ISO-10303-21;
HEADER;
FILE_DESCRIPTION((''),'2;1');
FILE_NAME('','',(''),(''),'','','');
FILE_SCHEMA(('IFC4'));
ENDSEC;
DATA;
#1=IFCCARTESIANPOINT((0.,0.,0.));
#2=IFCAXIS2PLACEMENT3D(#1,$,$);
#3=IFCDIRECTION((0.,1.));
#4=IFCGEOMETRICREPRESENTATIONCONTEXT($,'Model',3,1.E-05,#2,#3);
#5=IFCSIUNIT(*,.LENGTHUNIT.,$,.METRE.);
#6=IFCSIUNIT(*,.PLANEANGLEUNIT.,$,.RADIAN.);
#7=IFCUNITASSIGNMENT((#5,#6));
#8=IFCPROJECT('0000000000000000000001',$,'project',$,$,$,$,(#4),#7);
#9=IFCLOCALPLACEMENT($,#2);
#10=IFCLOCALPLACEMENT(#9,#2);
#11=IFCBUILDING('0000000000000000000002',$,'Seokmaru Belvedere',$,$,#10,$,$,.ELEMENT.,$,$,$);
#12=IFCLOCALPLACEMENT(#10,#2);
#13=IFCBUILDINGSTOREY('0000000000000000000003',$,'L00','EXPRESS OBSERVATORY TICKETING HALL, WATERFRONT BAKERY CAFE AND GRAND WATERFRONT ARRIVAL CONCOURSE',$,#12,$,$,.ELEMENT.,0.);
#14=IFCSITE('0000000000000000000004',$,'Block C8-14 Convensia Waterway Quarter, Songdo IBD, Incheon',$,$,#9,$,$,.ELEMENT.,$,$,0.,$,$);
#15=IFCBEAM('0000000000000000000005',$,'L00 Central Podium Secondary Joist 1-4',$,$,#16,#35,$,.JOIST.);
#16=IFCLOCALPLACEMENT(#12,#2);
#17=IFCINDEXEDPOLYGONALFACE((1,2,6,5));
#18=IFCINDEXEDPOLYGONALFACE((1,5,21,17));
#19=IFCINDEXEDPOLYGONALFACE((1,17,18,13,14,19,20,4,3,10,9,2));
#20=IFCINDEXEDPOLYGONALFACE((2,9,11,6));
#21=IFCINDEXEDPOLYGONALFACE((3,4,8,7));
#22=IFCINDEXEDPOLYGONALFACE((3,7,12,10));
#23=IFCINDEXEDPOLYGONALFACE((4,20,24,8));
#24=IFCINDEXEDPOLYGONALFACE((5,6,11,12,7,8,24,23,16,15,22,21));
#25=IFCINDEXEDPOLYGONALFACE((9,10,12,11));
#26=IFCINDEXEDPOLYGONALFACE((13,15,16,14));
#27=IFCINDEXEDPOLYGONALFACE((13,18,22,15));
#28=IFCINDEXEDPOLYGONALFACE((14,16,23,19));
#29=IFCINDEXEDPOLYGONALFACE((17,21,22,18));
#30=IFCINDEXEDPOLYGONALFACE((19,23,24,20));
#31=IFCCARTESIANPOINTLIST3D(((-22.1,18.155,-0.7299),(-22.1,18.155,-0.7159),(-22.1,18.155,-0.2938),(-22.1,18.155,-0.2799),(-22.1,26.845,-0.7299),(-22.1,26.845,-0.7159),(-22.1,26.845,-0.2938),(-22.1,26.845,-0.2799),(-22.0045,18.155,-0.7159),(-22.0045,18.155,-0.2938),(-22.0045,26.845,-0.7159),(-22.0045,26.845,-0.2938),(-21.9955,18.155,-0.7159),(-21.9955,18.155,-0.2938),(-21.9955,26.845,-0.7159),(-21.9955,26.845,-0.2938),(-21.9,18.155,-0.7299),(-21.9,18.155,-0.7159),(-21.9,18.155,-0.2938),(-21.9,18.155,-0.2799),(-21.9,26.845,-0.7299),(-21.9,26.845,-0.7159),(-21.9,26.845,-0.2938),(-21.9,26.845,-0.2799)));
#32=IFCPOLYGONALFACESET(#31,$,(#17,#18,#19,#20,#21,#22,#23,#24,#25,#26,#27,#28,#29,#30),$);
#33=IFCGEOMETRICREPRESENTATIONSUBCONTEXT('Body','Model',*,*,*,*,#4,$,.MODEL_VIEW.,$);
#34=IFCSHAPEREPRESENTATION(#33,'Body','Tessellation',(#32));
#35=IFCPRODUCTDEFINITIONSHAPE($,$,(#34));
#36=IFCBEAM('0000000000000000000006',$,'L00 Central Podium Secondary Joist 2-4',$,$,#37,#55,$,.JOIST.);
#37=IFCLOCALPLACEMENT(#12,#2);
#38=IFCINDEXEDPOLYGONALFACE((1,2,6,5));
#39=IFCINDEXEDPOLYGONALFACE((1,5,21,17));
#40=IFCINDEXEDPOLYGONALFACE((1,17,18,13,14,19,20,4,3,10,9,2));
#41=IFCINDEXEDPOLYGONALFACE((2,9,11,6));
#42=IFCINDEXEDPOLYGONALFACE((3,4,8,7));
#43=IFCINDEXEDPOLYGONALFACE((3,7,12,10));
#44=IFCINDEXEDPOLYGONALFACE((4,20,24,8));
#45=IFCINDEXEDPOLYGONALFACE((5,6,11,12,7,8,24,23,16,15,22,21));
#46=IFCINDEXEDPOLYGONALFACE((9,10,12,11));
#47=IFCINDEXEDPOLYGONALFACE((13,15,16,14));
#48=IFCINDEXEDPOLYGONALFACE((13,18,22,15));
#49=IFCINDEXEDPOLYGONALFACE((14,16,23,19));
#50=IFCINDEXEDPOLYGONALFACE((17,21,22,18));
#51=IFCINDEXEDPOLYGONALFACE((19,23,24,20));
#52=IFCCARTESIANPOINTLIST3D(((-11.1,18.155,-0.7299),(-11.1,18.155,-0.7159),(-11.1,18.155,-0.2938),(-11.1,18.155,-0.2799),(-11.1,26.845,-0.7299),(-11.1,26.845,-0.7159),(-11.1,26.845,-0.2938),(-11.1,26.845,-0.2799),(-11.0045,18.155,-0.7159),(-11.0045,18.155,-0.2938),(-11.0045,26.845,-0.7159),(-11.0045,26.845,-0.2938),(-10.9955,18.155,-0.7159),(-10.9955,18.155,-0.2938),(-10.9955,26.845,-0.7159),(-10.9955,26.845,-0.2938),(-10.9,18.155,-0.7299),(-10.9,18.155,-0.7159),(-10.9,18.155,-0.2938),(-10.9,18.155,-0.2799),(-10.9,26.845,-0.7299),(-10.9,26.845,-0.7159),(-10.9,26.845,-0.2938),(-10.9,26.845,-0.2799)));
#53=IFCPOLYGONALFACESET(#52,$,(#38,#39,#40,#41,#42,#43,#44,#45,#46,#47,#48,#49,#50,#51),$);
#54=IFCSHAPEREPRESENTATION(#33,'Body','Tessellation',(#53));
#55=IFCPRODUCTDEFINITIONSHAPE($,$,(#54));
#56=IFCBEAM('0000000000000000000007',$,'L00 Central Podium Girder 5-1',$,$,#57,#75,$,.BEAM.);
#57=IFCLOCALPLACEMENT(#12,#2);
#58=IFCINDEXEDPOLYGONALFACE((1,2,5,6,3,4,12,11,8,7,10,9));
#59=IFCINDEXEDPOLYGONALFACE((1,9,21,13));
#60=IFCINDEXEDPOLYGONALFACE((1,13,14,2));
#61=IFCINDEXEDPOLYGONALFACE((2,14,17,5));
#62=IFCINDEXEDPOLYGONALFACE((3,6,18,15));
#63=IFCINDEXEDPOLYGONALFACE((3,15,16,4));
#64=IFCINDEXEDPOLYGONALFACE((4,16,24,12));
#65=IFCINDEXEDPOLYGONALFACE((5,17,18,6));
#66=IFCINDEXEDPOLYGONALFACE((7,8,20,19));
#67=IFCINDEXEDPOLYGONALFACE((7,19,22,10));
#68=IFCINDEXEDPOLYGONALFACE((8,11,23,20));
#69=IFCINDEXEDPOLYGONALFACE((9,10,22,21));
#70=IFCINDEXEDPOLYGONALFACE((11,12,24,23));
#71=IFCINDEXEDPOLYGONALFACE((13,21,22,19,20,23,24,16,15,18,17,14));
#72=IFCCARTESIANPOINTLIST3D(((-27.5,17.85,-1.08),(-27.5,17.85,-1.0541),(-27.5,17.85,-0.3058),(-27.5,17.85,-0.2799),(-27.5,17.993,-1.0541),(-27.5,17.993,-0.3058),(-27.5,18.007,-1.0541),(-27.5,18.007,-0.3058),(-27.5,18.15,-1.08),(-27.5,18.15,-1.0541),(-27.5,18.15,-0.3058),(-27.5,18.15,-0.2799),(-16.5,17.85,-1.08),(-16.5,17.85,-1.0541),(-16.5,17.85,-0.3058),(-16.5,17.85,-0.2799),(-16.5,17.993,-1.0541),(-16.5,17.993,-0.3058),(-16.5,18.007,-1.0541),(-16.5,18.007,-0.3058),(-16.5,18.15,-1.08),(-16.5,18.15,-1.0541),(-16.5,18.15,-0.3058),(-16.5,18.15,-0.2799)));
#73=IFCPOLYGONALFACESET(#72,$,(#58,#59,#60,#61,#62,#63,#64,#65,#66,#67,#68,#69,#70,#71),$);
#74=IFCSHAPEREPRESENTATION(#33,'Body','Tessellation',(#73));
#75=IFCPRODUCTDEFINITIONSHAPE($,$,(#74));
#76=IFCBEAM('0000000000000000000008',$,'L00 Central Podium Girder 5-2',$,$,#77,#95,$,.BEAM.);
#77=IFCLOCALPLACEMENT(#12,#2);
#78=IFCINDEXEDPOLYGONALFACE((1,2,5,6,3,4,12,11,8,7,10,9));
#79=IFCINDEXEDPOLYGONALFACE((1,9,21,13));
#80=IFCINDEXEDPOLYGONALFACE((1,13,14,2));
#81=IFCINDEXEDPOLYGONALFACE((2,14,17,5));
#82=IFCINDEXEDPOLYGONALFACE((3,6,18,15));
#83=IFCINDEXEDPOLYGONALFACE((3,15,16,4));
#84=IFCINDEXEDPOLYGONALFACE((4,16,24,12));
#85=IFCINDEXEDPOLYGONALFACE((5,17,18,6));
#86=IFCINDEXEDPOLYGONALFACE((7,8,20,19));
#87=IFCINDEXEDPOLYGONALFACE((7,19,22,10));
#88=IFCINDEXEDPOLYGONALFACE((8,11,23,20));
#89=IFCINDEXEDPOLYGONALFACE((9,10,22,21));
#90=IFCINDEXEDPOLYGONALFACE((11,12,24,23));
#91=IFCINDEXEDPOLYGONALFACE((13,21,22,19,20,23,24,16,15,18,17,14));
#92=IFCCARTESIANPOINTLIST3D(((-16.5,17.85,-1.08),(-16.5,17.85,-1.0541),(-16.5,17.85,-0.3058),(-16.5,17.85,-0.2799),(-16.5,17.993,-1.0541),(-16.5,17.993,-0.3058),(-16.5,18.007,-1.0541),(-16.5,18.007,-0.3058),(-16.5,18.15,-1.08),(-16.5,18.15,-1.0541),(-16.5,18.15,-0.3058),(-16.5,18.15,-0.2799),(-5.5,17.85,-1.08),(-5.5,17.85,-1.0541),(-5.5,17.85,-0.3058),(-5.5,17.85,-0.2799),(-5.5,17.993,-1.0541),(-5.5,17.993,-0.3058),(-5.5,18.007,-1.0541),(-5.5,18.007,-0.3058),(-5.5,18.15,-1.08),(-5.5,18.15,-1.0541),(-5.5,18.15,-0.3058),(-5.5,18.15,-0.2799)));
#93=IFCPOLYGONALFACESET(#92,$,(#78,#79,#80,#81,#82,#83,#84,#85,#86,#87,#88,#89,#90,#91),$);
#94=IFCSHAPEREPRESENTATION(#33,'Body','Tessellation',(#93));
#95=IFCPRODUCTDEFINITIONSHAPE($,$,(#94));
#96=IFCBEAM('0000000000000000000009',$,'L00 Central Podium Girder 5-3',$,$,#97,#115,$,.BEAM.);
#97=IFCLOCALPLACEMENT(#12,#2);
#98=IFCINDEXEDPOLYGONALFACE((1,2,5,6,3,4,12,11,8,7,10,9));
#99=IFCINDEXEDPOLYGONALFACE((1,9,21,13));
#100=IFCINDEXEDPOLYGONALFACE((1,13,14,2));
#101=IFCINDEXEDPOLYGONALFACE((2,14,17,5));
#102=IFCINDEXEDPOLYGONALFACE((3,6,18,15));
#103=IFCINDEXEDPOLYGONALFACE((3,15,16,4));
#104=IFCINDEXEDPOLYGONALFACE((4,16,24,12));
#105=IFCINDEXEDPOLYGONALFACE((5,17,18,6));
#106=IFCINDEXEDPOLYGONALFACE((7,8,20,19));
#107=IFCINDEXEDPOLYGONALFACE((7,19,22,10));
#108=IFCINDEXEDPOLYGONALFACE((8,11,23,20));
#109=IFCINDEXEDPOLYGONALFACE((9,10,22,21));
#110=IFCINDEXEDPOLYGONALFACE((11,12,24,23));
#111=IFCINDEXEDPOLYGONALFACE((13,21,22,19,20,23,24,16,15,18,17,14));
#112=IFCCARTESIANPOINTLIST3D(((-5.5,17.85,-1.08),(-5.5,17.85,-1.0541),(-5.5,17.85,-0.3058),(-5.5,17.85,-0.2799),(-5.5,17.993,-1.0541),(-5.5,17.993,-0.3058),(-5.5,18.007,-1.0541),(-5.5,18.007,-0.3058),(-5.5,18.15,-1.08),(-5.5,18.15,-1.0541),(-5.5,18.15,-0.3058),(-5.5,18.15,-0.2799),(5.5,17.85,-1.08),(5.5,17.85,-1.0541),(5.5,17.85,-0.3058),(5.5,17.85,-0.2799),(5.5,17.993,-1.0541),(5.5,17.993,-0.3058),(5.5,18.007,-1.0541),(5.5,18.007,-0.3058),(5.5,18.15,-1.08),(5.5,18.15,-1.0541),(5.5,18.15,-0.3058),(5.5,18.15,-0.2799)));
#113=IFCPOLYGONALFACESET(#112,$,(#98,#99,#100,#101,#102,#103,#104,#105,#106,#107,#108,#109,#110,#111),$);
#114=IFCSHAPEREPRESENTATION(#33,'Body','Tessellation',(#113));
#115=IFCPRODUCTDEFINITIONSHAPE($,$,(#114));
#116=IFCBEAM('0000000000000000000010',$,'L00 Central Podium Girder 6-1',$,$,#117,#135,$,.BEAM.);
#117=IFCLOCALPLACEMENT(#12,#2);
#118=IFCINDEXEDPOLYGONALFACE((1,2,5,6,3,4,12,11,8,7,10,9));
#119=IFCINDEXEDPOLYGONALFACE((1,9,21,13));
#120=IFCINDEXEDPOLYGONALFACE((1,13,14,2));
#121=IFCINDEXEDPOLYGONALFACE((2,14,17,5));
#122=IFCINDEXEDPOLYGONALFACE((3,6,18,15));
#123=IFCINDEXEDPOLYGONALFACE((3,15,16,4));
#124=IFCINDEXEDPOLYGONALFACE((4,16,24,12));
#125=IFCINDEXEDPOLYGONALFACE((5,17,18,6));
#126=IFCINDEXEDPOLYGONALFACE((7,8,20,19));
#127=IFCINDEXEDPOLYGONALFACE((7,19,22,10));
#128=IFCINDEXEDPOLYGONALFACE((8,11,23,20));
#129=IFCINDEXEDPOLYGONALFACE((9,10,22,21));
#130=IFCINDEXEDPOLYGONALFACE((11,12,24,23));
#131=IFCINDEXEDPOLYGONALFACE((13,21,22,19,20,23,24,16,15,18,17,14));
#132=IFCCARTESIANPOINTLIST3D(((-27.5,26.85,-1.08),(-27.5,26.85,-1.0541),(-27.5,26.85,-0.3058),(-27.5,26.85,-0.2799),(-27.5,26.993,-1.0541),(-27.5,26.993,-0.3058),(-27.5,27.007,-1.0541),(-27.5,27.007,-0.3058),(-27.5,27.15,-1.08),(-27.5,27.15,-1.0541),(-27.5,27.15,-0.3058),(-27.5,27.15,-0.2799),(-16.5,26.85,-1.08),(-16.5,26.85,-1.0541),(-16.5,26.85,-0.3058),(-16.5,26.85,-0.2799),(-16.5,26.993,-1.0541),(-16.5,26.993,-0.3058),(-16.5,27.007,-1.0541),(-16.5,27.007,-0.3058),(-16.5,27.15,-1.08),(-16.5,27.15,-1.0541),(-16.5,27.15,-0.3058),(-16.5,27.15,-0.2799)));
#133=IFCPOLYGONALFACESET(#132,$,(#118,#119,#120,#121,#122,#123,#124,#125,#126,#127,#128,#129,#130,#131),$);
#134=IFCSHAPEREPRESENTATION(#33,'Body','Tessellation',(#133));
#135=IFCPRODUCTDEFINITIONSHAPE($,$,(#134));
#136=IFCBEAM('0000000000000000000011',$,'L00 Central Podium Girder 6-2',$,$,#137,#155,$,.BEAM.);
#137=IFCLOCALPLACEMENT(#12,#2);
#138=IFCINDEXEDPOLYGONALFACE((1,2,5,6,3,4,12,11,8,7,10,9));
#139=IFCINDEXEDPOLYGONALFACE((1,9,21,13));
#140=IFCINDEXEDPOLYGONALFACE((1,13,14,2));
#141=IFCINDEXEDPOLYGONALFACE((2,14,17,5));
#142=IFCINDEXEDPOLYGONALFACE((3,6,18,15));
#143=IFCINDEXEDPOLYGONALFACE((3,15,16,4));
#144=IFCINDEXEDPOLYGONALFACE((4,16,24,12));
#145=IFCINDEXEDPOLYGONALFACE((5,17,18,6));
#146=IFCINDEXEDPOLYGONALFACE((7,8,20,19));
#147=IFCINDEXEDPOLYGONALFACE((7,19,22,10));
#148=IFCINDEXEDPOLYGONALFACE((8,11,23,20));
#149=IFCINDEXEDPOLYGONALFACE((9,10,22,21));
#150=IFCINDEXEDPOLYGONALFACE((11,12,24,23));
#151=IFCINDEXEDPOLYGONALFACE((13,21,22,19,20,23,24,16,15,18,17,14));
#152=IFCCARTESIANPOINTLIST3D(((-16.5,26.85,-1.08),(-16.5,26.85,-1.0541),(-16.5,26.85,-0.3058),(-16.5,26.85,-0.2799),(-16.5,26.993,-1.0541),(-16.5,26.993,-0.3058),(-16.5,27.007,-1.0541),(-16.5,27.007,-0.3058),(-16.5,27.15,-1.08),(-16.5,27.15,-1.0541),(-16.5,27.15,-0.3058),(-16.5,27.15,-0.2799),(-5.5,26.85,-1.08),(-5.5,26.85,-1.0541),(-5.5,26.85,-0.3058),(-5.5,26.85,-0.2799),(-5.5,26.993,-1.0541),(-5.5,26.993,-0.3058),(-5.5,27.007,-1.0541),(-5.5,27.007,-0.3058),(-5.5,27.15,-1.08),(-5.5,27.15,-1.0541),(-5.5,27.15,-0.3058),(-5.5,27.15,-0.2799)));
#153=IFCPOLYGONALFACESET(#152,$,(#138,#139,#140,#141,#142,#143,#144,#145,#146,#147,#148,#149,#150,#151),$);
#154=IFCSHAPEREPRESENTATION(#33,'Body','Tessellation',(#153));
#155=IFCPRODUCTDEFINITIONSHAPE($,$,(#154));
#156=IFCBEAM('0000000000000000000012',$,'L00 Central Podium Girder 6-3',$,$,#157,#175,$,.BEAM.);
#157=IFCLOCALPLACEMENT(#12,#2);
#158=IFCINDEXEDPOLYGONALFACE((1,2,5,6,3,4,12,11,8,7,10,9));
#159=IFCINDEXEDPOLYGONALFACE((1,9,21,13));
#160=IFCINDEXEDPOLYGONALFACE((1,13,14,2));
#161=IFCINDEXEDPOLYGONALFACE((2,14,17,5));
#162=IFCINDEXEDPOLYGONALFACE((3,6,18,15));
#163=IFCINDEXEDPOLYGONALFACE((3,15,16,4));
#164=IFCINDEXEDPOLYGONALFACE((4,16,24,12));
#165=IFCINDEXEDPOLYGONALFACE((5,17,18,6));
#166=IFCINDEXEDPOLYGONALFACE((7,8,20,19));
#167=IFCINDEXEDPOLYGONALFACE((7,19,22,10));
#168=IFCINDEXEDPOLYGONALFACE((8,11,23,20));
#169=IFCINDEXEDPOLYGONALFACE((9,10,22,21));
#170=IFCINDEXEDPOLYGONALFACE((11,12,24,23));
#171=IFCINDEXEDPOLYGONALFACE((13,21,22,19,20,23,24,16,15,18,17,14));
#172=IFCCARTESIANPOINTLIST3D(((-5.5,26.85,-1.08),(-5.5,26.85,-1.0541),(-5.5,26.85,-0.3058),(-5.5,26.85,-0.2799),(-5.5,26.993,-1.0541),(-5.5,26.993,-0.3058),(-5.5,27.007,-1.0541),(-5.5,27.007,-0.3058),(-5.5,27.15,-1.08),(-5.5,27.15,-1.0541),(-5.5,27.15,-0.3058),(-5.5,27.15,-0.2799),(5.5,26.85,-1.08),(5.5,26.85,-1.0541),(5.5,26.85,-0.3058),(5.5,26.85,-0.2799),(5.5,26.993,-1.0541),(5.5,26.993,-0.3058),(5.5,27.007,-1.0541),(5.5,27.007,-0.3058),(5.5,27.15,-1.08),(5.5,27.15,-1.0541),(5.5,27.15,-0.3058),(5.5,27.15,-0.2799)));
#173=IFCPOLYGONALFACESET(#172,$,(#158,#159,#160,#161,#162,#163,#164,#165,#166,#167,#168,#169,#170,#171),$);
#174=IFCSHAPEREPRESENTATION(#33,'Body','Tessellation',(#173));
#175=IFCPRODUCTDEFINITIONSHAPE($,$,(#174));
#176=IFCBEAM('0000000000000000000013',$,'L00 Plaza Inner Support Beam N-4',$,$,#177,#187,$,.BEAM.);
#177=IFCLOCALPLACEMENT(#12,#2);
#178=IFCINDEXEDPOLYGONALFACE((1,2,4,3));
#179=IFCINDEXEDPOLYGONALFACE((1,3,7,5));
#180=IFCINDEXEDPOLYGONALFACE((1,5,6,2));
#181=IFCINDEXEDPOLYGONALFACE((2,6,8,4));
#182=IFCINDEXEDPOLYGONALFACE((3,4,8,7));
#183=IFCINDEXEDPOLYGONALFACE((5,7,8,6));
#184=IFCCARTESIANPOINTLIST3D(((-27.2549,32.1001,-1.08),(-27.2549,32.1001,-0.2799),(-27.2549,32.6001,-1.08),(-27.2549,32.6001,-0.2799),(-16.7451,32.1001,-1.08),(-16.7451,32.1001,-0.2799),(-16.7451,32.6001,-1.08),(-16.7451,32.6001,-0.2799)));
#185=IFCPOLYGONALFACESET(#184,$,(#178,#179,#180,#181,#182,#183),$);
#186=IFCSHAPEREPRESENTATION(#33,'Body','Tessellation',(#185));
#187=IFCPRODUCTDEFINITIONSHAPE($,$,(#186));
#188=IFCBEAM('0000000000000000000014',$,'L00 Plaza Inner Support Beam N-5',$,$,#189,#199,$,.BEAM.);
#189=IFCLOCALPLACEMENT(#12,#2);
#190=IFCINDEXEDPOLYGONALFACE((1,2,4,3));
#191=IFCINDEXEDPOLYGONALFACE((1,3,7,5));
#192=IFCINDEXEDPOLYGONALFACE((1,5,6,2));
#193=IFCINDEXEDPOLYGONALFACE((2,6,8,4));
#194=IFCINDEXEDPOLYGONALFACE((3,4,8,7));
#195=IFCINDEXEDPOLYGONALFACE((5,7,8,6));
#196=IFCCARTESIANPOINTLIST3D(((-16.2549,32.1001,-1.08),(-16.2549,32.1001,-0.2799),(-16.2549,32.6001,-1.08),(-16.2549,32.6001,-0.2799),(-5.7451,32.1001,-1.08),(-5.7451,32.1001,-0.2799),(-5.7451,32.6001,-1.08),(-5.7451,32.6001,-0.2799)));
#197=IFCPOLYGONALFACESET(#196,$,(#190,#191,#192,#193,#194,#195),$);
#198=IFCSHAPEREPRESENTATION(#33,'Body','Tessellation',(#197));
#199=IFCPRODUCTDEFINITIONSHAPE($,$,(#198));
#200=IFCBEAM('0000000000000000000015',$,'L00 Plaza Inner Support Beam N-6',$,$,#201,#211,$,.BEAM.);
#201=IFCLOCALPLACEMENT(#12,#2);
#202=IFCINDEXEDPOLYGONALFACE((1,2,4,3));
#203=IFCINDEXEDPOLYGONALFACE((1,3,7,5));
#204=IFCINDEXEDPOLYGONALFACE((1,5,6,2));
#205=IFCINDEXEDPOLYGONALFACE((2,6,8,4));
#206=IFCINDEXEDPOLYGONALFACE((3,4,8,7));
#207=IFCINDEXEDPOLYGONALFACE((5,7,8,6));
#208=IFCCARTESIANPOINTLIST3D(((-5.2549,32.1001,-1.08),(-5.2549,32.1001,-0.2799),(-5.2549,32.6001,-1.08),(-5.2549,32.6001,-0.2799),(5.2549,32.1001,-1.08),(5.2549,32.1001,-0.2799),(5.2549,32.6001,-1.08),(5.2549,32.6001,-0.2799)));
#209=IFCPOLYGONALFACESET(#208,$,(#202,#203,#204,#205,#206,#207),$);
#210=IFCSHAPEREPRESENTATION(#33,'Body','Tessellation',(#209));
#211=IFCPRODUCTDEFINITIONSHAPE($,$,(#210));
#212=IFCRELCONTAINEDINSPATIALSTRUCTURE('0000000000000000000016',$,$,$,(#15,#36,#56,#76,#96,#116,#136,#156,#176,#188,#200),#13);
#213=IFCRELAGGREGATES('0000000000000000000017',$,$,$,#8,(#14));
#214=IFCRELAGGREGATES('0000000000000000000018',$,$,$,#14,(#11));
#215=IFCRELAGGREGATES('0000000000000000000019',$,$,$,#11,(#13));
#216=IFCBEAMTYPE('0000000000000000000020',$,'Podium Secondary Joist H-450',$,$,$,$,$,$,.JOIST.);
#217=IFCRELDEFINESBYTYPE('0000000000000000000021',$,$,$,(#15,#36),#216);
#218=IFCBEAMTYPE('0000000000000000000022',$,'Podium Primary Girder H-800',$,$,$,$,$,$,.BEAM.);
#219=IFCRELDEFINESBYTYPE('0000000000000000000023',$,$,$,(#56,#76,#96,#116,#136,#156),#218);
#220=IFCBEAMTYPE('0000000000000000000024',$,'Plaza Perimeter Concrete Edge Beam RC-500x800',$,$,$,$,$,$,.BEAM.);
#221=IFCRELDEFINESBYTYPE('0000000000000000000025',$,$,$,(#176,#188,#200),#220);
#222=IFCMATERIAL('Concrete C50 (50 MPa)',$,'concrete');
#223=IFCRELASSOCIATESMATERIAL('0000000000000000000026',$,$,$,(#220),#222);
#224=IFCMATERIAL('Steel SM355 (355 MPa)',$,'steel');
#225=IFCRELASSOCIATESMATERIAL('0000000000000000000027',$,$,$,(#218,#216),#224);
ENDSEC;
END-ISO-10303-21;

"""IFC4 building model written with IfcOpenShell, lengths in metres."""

from ifc_helpers import new_model, si_unit, direction, frame, origin, origin_2d, place, context, subcontext, project, spatial, rectangle, i_section, extrude, source, transform, mapped, material, material_profile, profile_set, type_object, type_shapes, element, save


model = new_model("IFC4")

# Units and contexts
model_context = context("Model", 3, precision=1e-05, world=origin(), true_north=direction((0.0, 1.0)))
body_context = subcontext(model_context, "Body", "Model", "MODEL_VIEW")
ifc_project = project(units=[si_unit("LENGTHUNIT", "METRE"), si_unit("PLANEANGLEUNIT", "RADIAN")], contexts=[model_context])

# Site, building, storey
site_placement = place(None, origin())
site = spatial("IfcSite", under=ifc_project, at=site_placement, Name="Block C8-14 Convensia Waterway Quarter, Songdo IBD, Incheon", CompositionType="ELEMENT", RefElevation=0.0)
building_placement = place(site_placement, origin())
building = spatial("IfcBuilding", under=site, at=building_placement, Name="Seokmaru Belvedere", CompositionType="ELEMENT")
storey_placement = place(building_placement, origin())
storey = spatial("IfcBuildingStorey", under=building, at=storey_placement, Name="L00", Description="EXPRESS OBSERVATORY TICKETING HALL, WATERFRONT BAKERY CAFE AND GRAND WATERFRONT ARRIVAL CONCOURSE", CompositionType="ELEMENT", Elevation=0.0)

# Shared definitions
ifc_material_1 = material(Name="Concrete C50 (50 MPa)", Category="concrete")

# Beams
ifc_material_2 = material(Name="Steel SM355 (355 MPa)", Category="steel")
ifc_material_profile_1 = material_profile(ifc_material_1, rectangle(XDim=0.5, YDim=0.8, at=origin_2d()), Name="RC-500x800")
ifc_profile_set_1 = profile_set([ifc_material_profile_1], Name="Concrete C50 (50 MPa)")
beam_type_1 = type_object("IfcBeamType", Name="Plaza Perimeter Concrete Edge Beam RC-500x800", PredefinedType="BEAM", material=ifc_profile_set_1)
ifc_material_profile_2 = material_profile(ifc_material_2, i_section(OverallWidth=0.3, OverallDepth=0.8, WebThickness=0.0139, FlangeThickness=0.0259, at=origin_2d()), Name="H-800x300x14x26")
ifc_profile_set_2 = profile_set([ifc_material_profile_2], Name="Steel SM355 (355 MPa)")
beam_type_2 = type_object("IfcBeamType", Name="Podium Primary Girder H-800", PredefinedType="BEAM", material=ifc_profile_set_2)
ifc_material_profile_3 = material_profile(ifc_material_2, i_section(OverallWidth=0.2, OverallDepth=0.45, WebThickness=0.009, FlangeThickness=0.0139, at=origin_2d()), Name="H-450x200x9x14")
ifc_profile_set_3 = profile_set([ifc_material_profile_3], Name="Steel SM355 (355 MPa)")
beam_type_3 = type_object("IfcBeamType", Name="Podium Secondary Joist H-450", PredefinedType="JOIST", material=ifc_profile_set_3)
shared_shape_1 = source(origin(), body_context, "Body", "SweptSolid", [
    extrude(i_section(OverallWidth=0.2, OverallDepth=0.45, WebThickness=0.009, FlangeThickness=0.0139, at=origin_2d()), origin(), (0.0, 0.0, 1.0), 8.6899),
])
type_shapes(beam_type_3, [shared_shape_1])
for number, where, z_axis, x_axis, name in (
    (1, (-22.0, 18.155, -0.5049), (0.0, 1.0, 0.0), (-1.0, 0.0, 0.0), "L00 Central Podium Secondary Joist 1-4"),
    (2, (-11.0, 18.155, -0.5049), (0.0, 1.0, 0.0), (-1.0, 0.0, 0.0), "L00 Central Podium Secondary Joist 2-4"),
):
    element("IfcBeam", number, at=place(storey_placement, frame(where, z_axis=z_axis, x_axis=x_axis)), inside=storey, type_object=beam_type_3, Name=name, PredefinedType="JOIST", context=body_context, shape_type="MappedRepresentation", body=[
        mapped(shared_shape_1, transform((0.0, 0.0, 0.0), scale=1.0)),
    ])
shared_shape_2 = source(origin(), body_context, "Body", "SweptSolid", [
    extrude(i_section(OverallWidth=0.3, OverallDepth=0.8, WebThickness=0.0139, FlangeThickness=0.0259, at=origin_2d()), origin(), (0.0, 0.0, 1.0), 11.0),
])
for number, where, z_axis, x_axis, name in (
    (3, (-27.5, 18.0, -0.6799), (1.0, 0.0, 0.0), (0.0, 1.0, 0.0), "L00 Central Podium Girder 5-1"),
    (4, (-16.5, 18.0, -0.6799), (1.0, 0.0, 0.0), (0.0, 1.0, 0.0), "L00 Central Podium Girder 5-2"),
    (5, (-5.5, 18.0, -0.6799), (1.0, 0.0, 0.0), (0.0, 1.0, 0.0), "L00 Central Podium Girder 5-3"),
    (6, (-27.5, 27.0, -0.6799), (1.0, 0.0, 0.0), (0.0, 1.0, 0.0), "L00 Central Podium Girder 6-1"),
    (7, (-16.5, 27.0, -0.6799), (1.0, 0.0, 0.0), (0.0, 1.0, 0.0), "L00 Central Podium Girder 6-2"),
    (8, (-5.5, 27.0, -0.6799), (1.0, 0.0, 0.0), (0.0, 1.0, 0.0), "L00 Central Podium Girder 6-3"),
):
    element("IfcBeam", number, at=place(storey_placement, frame(where, z_axis=z_axis, x_axis=x_axis)), inside=storey, type_object=beam_type_2, Name=name, PredefinedType="BEAM", context=body_context, shape_type="MappedRepresentation", body=[
        mapped(shared_shape_2, transform((0.0, 0.0, 0.0), scale=1.0)),
    ])
shared_shape_3 = source(origin(), body_context, "Body", "SweptSolid", [
    extrude(rectangle(XDim=0.5, YDim=0.8, at=origin_2d()), origin(), (0.0, 0.0, 1.0), 10.5098),
])
for number, where, z_axis, x_axis, name in (
    (9, (-27.2549, 32.3501, -0.6799), (1.0, 0.0, 0.0), (0.0, 1.0, 0.0), "L00 Plaza Inner Support Beam N-4"),
    (10, (-16.2549, 32.3501, -0.6799), (1.0, 0.0, 0.0), (0.0, 1.0, 0.0), "L00 Plaza Inner Support Beam N-5"),
    (11, (-5.2549, 32.3501, -0.6799), (1.0, 0.0, 0.0), (0.0, 1.0, 0.0), "L00 Plaza Inner Support Beam N-6"),
):
    element("IfcBeam", number, at=place(storey_placement, frame(where, z_axis=z_axis, x_axis=x_axis)), inside=storey, type_object=beam_type_1, Name=name, PredefinedType="BEAM", context=body_context, shape_type="MappedRepresentation", body=[
        mapped(shared_shape_3, transform((0.0, 0.0, 0.0), scale=1.0)),
    ])

save(model, "model.ifc")
